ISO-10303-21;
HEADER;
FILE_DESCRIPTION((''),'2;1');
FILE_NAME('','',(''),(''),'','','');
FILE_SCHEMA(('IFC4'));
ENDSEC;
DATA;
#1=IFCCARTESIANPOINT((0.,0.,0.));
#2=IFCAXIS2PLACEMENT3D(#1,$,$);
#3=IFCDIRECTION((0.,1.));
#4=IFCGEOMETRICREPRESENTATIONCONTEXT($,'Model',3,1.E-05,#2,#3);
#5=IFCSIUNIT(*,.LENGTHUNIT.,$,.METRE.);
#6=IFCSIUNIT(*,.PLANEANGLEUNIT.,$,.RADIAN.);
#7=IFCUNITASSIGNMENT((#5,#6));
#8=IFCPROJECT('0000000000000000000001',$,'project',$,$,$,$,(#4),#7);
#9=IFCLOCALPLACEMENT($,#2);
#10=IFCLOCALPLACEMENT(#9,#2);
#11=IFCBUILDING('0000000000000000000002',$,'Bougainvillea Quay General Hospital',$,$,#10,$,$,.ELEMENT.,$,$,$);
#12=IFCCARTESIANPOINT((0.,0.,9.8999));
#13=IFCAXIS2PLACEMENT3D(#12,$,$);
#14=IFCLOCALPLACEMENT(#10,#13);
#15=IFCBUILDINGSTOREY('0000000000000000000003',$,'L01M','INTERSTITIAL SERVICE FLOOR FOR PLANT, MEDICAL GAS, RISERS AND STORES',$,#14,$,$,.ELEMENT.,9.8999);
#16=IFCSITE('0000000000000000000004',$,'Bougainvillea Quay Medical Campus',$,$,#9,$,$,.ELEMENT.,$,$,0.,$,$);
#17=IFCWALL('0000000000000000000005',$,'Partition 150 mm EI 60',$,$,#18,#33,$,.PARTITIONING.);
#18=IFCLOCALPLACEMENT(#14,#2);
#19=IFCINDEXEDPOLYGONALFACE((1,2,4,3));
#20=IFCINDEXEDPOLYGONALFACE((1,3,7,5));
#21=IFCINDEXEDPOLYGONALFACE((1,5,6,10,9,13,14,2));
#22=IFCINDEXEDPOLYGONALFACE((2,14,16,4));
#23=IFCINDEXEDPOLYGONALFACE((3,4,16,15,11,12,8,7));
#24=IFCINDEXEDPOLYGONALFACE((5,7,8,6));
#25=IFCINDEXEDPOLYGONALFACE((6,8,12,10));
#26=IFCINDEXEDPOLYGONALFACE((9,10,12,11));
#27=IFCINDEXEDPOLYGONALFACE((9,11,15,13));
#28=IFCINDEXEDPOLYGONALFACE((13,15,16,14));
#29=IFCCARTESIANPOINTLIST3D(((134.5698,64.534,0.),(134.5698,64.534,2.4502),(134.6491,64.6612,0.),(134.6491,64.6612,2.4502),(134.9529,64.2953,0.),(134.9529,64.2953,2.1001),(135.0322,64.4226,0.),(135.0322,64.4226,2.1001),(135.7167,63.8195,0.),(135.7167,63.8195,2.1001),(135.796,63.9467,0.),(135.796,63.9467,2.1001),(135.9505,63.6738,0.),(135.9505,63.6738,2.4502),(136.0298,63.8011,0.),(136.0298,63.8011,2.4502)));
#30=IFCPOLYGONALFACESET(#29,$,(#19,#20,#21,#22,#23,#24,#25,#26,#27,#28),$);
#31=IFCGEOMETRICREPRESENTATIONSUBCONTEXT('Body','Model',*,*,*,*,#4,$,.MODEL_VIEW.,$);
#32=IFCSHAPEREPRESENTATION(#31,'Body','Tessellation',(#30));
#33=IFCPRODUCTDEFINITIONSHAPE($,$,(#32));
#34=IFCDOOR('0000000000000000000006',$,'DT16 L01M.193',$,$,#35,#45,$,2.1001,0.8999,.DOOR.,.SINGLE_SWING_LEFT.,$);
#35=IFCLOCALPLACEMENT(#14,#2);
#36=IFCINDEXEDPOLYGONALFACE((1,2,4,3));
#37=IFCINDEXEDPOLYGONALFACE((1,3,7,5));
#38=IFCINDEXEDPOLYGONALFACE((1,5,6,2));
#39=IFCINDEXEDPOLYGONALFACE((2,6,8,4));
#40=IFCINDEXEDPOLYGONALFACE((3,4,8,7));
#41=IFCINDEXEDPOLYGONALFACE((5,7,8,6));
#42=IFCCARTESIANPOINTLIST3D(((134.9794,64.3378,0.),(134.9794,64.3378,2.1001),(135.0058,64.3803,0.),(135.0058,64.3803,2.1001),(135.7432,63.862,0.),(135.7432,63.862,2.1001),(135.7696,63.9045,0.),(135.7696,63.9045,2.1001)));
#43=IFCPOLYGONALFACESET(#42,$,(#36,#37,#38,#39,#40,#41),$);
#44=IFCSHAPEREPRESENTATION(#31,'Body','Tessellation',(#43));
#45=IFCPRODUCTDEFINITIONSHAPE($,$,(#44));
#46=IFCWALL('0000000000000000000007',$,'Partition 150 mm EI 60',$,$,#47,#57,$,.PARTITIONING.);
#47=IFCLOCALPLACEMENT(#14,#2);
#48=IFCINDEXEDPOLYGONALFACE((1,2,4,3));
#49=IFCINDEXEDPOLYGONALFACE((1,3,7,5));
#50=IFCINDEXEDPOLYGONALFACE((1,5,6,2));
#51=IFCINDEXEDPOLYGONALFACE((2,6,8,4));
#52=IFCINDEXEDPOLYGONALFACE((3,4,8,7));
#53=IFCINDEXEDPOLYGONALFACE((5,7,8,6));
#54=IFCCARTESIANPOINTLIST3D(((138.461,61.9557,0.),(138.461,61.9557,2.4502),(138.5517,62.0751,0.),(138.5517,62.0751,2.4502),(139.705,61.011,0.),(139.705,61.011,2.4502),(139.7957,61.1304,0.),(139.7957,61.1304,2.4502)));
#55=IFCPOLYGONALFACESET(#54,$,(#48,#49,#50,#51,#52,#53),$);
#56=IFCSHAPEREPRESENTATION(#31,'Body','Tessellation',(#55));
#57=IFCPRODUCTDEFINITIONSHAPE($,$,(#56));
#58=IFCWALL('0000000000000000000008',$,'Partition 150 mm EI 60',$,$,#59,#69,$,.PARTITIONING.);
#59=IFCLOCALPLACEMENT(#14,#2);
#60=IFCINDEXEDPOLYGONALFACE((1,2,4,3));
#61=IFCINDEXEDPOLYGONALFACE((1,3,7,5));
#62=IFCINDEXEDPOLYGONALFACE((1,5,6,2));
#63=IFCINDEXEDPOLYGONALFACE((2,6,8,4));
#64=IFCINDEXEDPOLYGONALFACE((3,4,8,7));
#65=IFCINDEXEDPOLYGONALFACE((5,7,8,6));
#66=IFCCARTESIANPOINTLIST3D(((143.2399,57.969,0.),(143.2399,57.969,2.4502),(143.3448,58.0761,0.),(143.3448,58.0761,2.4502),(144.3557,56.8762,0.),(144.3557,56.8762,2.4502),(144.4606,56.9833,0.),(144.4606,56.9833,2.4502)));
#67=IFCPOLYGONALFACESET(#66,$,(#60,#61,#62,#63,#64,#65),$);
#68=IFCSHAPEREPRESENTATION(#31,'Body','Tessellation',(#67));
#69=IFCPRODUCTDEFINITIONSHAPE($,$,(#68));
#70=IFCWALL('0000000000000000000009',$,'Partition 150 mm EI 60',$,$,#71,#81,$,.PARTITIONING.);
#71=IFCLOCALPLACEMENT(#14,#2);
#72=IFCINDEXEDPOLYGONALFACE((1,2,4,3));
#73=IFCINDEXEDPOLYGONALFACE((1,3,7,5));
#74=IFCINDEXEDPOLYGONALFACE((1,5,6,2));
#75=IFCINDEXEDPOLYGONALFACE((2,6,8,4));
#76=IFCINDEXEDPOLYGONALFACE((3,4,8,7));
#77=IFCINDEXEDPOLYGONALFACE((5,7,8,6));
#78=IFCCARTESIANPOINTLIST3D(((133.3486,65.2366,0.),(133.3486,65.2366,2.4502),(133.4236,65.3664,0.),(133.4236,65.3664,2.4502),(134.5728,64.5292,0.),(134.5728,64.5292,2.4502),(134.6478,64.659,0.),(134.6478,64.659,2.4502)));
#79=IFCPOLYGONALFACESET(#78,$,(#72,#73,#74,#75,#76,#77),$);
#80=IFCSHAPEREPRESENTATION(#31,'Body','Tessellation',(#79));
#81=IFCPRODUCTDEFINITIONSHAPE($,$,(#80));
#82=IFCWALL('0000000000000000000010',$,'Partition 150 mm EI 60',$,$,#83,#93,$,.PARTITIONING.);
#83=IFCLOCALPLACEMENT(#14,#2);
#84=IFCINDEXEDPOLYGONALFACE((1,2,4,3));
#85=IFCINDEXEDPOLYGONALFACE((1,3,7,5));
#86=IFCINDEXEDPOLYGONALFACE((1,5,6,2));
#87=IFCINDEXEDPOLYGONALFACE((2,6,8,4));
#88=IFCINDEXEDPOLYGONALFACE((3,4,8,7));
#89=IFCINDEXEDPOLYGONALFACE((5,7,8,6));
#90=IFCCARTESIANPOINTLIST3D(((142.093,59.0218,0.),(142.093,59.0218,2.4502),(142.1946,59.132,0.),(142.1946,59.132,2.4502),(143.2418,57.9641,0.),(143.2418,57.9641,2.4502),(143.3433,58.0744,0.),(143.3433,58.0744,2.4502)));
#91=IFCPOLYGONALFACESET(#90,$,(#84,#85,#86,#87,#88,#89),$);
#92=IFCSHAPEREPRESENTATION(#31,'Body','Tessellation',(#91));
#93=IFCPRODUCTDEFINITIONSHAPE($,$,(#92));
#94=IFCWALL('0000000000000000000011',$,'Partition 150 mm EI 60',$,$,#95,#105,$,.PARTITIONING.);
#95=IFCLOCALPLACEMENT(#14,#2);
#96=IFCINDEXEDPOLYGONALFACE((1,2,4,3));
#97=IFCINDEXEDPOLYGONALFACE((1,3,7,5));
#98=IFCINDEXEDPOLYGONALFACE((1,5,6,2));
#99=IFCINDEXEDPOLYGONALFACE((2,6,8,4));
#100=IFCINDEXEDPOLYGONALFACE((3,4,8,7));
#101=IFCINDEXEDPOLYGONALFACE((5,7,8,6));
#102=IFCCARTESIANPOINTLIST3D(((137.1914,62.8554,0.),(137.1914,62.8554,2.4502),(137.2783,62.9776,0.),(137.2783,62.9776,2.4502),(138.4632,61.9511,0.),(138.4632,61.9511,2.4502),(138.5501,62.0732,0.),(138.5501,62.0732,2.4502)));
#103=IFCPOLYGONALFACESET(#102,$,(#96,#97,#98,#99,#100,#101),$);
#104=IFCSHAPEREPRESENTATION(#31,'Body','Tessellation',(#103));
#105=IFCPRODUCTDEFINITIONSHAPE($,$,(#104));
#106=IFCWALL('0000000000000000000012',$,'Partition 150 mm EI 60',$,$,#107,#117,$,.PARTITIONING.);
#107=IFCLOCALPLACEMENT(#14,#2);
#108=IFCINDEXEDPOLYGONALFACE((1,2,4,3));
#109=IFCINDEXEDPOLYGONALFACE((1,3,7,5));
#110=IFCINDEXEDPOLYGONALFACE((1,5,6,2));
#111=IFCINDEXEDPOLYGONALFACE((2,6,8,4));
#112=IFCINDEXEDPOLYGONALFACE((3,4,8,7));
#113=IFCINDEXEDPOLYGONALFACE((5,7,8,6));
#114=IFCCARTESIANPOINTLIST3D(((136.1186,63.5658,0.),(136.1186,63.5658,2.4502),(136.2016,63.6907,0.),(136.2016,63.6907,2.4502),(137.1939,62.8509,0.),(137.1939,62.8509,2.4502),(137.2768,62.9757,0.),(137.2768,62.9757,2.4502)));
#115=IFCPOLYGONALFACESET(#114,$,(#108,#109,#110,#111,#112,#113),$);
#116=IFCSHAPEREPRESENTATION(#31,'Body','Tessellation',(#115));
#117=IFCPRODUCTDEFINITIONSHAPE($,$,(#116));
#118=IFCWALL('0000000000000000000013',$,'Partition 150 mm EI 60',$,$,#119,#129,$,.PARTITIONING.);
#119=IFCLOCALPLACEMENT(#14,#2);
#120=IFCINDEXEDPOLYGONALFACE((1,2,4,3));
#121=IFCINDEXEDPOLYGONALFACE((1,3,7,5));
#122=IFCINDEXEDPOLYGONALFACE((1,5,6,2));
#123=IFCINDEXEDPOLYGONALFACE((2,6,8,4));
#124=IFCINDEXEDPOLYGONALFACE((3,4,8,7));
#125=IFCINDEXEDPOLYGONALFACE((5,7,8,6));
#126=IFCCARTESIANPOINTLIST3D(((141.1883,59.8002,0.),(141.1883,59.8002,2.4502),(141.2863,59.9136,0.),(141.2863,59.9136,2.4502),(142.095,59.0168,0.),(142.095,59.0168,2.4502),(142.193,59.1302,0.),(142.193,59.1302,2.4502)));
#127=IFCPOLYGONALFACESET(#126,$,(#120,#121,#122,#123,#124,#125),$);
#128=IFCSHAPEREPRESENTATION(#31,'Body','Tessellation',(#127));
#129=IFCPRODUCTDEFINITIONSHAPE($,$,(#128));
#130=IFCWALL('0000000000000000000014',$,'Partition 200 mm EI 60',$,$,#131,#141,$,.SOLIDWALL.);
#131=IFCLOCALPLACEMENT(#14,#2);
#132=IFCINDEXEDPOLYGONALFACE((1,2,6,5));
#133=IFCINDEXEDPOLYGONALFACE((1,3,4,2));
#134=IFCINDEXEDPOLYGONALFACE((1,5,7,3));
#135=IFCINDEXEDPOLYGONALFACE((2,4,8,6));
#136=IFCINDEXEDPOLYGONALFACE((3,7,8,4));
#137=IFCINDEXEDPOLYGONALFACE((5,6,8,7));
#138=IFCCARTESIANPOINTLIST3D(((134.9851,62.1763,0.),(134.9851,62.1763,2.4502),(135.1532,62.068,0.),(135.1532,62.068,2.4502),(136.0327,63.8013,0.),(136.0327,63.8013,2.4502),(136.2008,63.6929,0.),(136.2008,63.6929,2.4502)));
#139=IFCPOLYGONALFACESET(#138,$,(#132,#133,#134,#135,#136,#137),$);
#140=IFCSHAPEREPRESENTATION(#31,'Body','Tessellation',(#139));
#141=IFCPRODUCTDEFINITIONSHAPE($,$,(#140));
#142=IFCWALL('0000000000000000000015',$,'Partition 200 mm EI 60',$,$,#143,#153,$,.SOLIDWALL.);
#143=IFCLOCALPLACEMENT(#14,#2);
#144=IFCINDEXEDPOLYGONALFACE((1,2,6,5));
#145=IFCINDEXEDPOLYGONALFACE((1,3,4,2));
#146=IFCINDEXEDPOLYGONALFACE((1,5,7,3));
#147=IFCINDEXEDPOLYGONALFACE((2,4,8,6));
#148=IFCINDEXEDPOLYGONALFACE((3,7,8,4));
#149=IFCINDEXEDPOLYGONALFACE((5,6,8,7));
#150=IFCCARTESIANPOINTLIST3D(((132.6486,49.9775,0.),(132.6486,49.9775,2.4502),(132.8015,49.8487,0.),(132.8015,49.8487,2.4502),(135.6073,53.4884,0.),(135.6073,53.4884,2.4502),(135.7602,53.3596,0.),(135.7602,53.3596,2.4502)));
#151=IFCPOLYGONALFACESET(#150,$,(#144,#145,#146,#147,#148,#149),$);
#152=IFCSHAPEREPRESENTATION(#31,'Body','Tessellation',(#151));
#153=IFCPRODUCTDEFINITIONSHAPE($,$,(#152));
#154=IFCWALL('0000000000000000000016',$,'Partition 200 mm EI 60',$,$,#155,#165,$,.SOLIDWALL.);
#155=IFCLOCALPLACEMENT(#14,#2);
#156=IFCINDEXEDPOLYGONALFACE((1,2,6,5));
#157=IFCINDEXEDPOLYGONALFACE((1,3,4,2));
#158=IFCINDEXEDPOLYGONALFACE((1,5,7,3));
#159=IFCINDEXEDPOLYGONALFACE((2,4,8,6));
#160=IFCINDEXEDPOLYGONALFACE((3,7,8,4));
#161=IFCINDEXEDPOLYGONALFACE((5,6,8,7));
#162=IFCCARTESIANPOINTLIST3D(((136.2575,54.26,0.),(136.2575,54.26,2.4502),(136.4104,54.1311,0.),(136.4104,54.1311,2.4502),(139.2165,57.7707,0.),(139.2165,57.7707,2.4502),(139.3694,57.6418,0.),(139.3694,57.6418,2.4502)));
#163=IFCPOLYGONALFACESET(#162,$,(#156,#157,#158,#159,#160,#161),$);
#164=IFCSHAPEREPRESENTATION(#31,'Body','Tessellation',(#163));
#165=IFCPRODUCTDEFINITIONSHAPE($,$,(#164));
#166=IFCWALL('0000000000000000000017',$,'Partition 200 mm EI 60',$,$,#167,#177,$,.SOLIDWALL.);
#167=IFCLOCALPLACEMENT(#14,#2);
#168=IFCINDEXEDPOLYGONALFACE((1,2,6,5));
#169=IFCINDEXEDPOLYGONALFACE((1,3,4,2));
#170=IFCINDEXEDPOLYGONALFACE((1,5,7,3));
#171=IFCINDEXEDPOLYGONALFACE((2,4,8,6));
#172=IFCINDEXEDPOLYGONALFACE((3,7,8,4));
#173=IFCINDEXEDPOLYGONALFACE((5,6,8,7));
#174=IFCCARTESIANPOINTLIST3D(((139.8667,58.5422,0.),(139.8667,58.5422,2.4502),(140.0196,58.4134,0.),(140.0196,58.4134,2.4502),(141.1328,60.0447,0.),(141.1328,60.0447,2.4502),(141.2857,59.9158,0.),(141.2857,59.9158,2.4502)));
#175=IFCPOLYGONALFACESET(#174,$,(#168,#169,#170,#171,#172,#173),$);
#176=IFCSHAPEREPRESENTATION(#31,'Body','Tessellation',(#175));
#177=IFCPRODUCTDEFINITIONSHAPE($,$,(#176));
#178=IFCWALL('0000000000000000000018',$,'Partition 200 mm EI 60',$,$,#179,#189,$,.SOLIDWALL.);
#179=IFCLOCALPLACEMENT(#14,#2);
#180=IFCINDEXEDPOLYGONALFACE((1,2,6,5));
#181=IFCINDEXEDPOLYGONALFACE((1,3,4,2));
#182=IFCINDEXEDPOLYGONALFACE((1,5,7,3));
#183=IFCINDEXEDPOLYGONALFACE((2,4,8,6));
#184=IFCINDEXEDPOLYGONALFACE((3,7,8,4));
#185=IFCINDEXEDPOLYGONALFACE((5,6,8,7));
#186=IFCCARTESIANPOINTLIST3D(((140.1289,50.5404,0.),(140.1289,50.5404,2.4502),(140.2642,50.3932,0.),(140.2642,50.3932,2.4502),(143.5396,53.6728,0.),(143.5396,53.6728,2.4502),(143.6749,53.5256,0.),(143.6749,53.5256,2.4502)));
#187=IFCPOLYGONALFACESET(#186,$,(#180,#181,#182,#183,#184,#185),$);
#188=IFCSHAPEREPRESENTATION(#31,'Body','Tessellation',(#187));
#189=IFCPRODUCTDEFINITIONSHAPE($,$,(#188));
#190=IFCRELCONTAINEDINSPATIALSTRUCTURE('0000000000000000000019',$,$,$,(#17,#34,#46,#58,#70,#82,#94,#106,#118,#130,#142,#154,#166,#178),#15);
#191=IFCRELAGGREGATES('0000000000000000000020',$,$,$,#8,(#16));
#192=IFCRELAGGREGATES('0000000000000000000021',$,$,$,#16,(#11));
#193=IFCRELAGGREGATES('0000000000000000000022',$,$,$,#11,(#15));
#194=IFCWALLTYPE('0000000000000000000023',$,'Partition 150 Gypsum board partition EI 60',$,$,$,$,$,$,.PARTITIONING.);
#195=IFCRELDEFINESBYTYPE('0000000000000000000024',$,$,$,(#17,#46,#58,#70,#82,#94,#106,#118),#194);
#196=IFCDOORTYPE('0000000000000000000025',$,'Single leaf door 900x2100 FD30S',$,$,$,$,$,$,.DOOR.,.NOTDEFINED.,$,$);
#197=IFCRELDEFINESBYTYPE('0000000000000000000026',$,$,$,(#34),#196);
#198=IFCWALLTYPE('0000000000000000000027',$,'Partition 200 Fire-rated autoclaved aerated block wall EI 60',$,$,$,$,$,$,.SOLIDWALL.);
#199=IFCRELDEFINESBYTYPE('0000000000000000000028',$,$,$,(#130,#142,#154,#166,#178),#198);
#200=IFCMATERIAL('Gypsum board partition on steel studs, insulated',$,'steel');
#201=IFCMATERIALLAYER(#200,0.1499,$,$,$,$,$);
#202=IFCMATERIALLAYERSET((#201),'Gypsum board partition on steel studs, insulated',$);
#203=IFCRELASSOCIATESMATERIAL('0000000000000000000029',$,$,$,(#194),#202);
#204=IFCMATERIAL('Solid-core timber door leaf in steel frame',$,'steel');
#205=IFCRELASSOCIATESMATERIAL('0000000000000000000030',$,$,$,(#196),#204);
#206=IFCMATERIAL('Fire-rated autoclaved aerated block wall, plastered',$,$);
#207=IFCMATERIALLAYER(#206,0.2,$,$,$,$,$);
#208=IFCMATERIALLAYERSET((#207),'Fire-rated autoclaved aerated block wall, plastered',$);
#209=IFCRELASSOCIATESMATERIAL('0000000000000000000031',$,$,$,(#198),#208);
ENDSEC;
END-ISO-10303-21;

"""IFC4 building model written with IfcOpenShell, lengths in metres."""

from ifc_helpers import new_model, si_unit, direction, frame, frame_2d, origin, place, context, subcontext, project, spatial, rectangle, extrude, material, layer, layer_set, type_object, element, fill, save


model = new_model("IFC4")

# Units and contexts
model_context = context("Model", 3, precision=1e-05, world=origin(), true_north=direction((0.0, 1.0)))
body_context = subcontext(model_context, "Body", "Model", "MODEL_VIEW")
ifc_project = project(units=[si_unit("LENGTHUNIT", "METRE"), si_unit("PLANEANGLEUNIT", "RADIAN")], contexts=[model_context])

# Site, building, storey
site_placement = place(None, origin())
site = spatial("IfcSite", under=ifc_project, at=site_placement, Name="Bougainvillea Quay Medical Campus", CompositionType="ELEMENT", RefElevation=0.0)
building_placement = place(site_placement, origin())
building = spatial("IfcBuilding", under=site, at=building_placement, Name="Bougainvillea Quay General Hospital", CompositionType="ELEMENT")
storey_placement = place(building_placement, frame((0.0, 0.0, 9.8999)))
storey = spatial("IfcBuildingStorey", under=building, at=storey_placement, Name="L01M", Description="INTERSTITIAL SERVICE FLOOR FOR PLANT, MEDICAL GAS, RISERS AND STORES", CompositionType="ELEMENT", Elevation=9.8999)

# Shared definitions
ifc_material_1 = material(Name="Gypsum board partition on steel studs, insulated", Category="steel")
ifc_layer_1 = layer(ifc_material_1, 0.1499)
ifc_layer_set_1 = layer_set([ifc_layer_1], Name="Gypsum board partition on steel studs, insulated")
wall_type_1 = type_object("IfcWallType", Name="Partition 150 Gypsum board partition EI 60", PredefinedType="PARTITIONING", material=ifc_layer_set_1)
ifc_material_2 = material(Name="Solid-core timber door leaf in steel frame", Category="steel")
door_type = type_object("IfcDoorType", Name="Single leaf door 900x2100 FD30S", OperationType="NOTDEFINED", PredefinedType="DOOR", material=ifc_material_2)

# Wall, opening, door
wall_1_placement = place(storey_placement, frame((134.6094, 64.5977, 0.0), z_axis=(0.0, 0.0, 1.0), x_axis=(0.848765, -0.528771, 0.0)))
wall_1 = element("IfcWall", 1, at=wall_1_placement, inside=storey, type_object=wall_type_1, Name="Partition 150 mm EI 60", PredefinedType="PARTITIONING", context=body_context, shape_type="SweptSolid", body=[
    extrude(rectangle(XDim=1.6267, YDim=0.1499, at=frame_2d((0.8135, 0.0))), origin(), (0.0, 0.0, 1.0), 2.4502),
])
opening_1_placement = place(wall_1_placement, frame((0.4514, 0.0, 0.0)))
opening_1 = element("IfcOpeningElement", 2, at=opening_1_placement, cuts=wall_1, PredefinedType="OPENING", context=body_context, shape_type="SweptSolid", body=[
    extrude(rectangle(XDim=0.8999, YDim=2.1001, at=frame_2d((0.45, 1.05))), frame((0.0, 0.085, 0.0), z_axis=(0.0, -1.0, 0.0), x_axis=(1.0, 0.0, 0.0)), (0.0, 0.0, 1.0), 0.1699),
])
door_1_placement = place(opening_1_placement, frame((0.8999, 0.0, 0.0), z_axis=(0.0, 0.0, 1.0), x_axis=(-1.0, 0.0, 0.0)))
door_1 = element("IfcDoor", 3, at=door_1_placement, inside=storey, type_object=door_type, Name="DT16 L01M.193", OperationType="SINGLE_SWING_LEFT", OverallHeight=2.1001, OverallWidth=0.8999, PredefinedType="DOOR", context=body_context, shape_type="SweptSolid", body=[
    extrude(rectangle(XDim=0.8999, YDim=2.1001, at=frame_2d((0.45, 1.05))), frame((0.0, 0.0249, 0.0), z_axis=(0.0, -1.0, 0.0), x_axis=(1.0, 0.0, 0.0)), (0.0, 0.0, 1.0), 0.05),
])
fill(opening_1, door_1)

# Walls
wall_2_placement = place(storey_placement, frame((138.5063, 62.0154, 0.0), z_axis=(0.0, 0.0, 1.0), x_axis=(0.796403, -0.604766, 0.0)))
element("IfcWall", 4, at=wall_2_placement, inside=storey, type_object=wall_type_1, Name="Partition 150 mm EI 60", PredefinedType="PARTITIONING", context=body_context, shape_type="SweptSolid", body=[
    extrude(rectangle(XDim=1.562, YDim=0.1499, at=frame_2d((0.781, 0.0))), origin(), (0.0, 0.0, 1.0), 2.4502),
])
wall_3_placement = place(storey_placement, frame((143.2925, 58.0225, 0.0), z_axis=(0.0, 0.0, 1.0), x_axis=(0.714416, -0.699721, 0.0)))
element("IfcWall", 5, at=wall_3_placement, inside=storey, type_object=wall_type_1, Name="Partition 150 mm EI 60", PredefinedType="PARTITIONING", context=body_context, shape_type="SweptSolid", body=[
    extrude(rectangle(XDim=1.5618, YDim=0.1499, at=frame_2d((0.7808, 0.0))), origin(), (0.0, 0.0, 1.0), 2.4502),
])
wall_4_placement = place(storey_placement, frame((133.386, 65.3015, 0.0), z_axis=(0.0, 0.0, 1.0), x_axis=(0.865863, -0.50028, 0.0)))
element("IfcWall", 6, at=wall_4_placement, inside=storey, type_object=wall_type_1, Name="Partition 150 mm EI 60", PredefinedType="PARTITIONING", context=body_context, shape_type="SweptSolid", body=[
    extrude(rectangle(XDim=1.4138, YDim=0.1499, at=frame_2d((0.707, 0.0))), origin(), (0.0, 0.0, 1.0), 2.4502),
])
wall_5_placement = place(storey_placement, frame((142.1438, 59.0769, 0.0), z_axis=(0.0, 0.0, 1.0), x_axis=(0.735666, -0.677344, 0.0)))
element("IfcWall", 7, at=wall_5_placement, inside=storey, type_object=wall_type_1, Name="Partition 150 mm EI 60", PredefinedType="PARTITIONING", context=body_context, shape_type="SweptSolid", body=[
    extrude(rectangle(XDim=1.5615, YDim=0.1499, at=frame_2d((0.7808, 0.0))), origin(), (0.0, 0.0, 1.0), 2.4502),
])
wall_6_placement = place(storey_placement, frame((137.2349, 62.9165, 0.0), z_axis=(0.0, 0.0, 1.0), x_axis=(0.814968, -0.579505, 0.0)))
element("IfcWall", 8, at=wall_6_placement, inside=storey, type_object=wall_type_1, Name="Partition 150 mm EI 60", PredefinedType="PARTITIONING", context=body_context, shape_type="SweptSolid", body=[
    extrude(rectangle(XDim=1.5605, YDim=0.1499, at=frame_2d((0.7803, 0.0))), origin(), (0.0, 0.0, 1.0), 2.4502),
])
wall_7_placement = place(storey_placement, frame((136.1602, 63.6282, 0.0), z_axis=(0.0, 0.0, 1.0), x_axis=(0.832748, -0.553652, 0.0)))
element("IfcWall", 9, at=wall_7_placement, inside=storey, type_object=wall_type_1, Name="Partition 150 mm EI 60", PredefinedType="PARTITIONING", context=body_context, shape_type="SweptSolid", body=[
    extrude(rectangle(XDim=1.2913, YDim=0.1499, at=frame_2d((0.6455, 0.0))), origin(), (0.0, 0.0, 1.0), 2.4502),
])
wall_8_placement = place(storey_placement, frame((141.2373, 59.8569, 0.0), z_axis=(0.0, 0.0, 1.0), x_axis=(0.756676, -0.65379, 0.0)))
element("IfcWall", 10, at=wall_8_placement, inside=storey, type_object=wall_type_1, Name="Partition 150 mm EI 60", PredefinedType="PARTITIONING", context=body_context, shape_type="SweptSolid", body=[
    extrude(rectangle(XDim=1.1982, YDim=0.1499, at=frame_2d((0.5991, 0.0))), origin(), (0.0, 0.0, 1.0), 2.4502),
])
ifc_material_3 = material(Name="Fire-rated autoclaved aerated block wall, plastered")
ifc_layer_2 = layer(ifc_material_3, 0.2)
ifc_layer_set_2 = layer_set([ifc_layer_2], Name="Fire-rated autoclaved aerated block wall, plastered")
wall_type_2 = type_object("IfcWallType", Name="Partition 200 Fire-rated autoclaved aerated block wall EI 60", PredefinedType="SOLIDWALL", material=ifc_layer_set_2)
wall_9_placement = place(storey_placement, frame((135.0691, 62.1221, 0.0), z_axis=(0.0, 0.0, 1.0), x_axis=(0.541842, 0.84048, 0.0)))
element("IfcWall", 11, at=wall_9_placement, inside=storey, type_object=wall_type_2, Name="Partition 200 mm EI 60", PredefinedType="SOLIDWALL", context=body_context, shape_type="SweptSolid", body=[
    extrude(rectangle(XDim=1.9333, YDim=0.2, at=frame_2d((0.9668, 0.0))), origin(), (0.0, 0.0, 1.0), 2.4502),
])
for number, where, z_axis, x_axis, name in (
    (12, (132.7251, 49.9131, 0.0), (0.0, 0.0, 1.0), (0.644406, 0.764684, 0.0), "Partition 200 mm EI 60"),
    (13, (136.334, 54.1956, 0.0), (0.0, 0.0, 1.0), (0.644463, 0.764635, 0.0), "Partition 200 mm EI 60"),
):
    element("IfcWall", number, at=place(storey_placement, frame(where, z_axis=z_axis, x_axis=x_axis)), inside=storey, type_object=wall_type_2, Name=name, PredefinedType="SOLIDWALL", context=body_context, shape_type="SweptSolid", body=[
        extrude(rectangle(XDim=4.5913, YDim=0.2, at=frame_2d((2.2957, 0.0))), origin(), (0.0, 0.0, 1.0), 2.4502),
    ])
wall_10_placement = place(storey_placement, frame((139.9431, 58.4778, 0.0), z_axis=(0.0, 0.0, 1.0), x_axis=(0.644404, 0.764686, 0.0)))
element("IfcWall", 14, at=wall_10_placement, inside=storey, type_object=wall_type_2, Name="Partition 200 mm EI 60", PredefinedType="SOLIDWALL", context=body_context, shape_type="SweptSolid", body=[
    extrude(rectangle(XDim=1.9648, YDim=0.2, at=frame_2d((0.9824, 0.0))), origin(), (0.0, 0.0, 1.0), 2.4502),
])
wall_11_placement = place(storey_placement, frame((140.1965, 50.4668, 0.0), z_axis=(0.0, 0.0, 1.0), x_axis=(0.736519, 0.676417, 0.0)))
element("IfcWall", 15, at=wall_11_placement, inside=storey, type_object=wall_type_2, Name="Partition 200 mm EI 60", PredefinedType="SOLIDWALL", context=body_context, shape_type="SweptSolid", body=[
    extrude(rectangle(XDim=4.6309, YDim=0.2, at=frame_2d((2.3154, 0.0))), origin(), (0.0, 0.0, 1.0), 2.4502),
])

save(model, "model.ifc")
